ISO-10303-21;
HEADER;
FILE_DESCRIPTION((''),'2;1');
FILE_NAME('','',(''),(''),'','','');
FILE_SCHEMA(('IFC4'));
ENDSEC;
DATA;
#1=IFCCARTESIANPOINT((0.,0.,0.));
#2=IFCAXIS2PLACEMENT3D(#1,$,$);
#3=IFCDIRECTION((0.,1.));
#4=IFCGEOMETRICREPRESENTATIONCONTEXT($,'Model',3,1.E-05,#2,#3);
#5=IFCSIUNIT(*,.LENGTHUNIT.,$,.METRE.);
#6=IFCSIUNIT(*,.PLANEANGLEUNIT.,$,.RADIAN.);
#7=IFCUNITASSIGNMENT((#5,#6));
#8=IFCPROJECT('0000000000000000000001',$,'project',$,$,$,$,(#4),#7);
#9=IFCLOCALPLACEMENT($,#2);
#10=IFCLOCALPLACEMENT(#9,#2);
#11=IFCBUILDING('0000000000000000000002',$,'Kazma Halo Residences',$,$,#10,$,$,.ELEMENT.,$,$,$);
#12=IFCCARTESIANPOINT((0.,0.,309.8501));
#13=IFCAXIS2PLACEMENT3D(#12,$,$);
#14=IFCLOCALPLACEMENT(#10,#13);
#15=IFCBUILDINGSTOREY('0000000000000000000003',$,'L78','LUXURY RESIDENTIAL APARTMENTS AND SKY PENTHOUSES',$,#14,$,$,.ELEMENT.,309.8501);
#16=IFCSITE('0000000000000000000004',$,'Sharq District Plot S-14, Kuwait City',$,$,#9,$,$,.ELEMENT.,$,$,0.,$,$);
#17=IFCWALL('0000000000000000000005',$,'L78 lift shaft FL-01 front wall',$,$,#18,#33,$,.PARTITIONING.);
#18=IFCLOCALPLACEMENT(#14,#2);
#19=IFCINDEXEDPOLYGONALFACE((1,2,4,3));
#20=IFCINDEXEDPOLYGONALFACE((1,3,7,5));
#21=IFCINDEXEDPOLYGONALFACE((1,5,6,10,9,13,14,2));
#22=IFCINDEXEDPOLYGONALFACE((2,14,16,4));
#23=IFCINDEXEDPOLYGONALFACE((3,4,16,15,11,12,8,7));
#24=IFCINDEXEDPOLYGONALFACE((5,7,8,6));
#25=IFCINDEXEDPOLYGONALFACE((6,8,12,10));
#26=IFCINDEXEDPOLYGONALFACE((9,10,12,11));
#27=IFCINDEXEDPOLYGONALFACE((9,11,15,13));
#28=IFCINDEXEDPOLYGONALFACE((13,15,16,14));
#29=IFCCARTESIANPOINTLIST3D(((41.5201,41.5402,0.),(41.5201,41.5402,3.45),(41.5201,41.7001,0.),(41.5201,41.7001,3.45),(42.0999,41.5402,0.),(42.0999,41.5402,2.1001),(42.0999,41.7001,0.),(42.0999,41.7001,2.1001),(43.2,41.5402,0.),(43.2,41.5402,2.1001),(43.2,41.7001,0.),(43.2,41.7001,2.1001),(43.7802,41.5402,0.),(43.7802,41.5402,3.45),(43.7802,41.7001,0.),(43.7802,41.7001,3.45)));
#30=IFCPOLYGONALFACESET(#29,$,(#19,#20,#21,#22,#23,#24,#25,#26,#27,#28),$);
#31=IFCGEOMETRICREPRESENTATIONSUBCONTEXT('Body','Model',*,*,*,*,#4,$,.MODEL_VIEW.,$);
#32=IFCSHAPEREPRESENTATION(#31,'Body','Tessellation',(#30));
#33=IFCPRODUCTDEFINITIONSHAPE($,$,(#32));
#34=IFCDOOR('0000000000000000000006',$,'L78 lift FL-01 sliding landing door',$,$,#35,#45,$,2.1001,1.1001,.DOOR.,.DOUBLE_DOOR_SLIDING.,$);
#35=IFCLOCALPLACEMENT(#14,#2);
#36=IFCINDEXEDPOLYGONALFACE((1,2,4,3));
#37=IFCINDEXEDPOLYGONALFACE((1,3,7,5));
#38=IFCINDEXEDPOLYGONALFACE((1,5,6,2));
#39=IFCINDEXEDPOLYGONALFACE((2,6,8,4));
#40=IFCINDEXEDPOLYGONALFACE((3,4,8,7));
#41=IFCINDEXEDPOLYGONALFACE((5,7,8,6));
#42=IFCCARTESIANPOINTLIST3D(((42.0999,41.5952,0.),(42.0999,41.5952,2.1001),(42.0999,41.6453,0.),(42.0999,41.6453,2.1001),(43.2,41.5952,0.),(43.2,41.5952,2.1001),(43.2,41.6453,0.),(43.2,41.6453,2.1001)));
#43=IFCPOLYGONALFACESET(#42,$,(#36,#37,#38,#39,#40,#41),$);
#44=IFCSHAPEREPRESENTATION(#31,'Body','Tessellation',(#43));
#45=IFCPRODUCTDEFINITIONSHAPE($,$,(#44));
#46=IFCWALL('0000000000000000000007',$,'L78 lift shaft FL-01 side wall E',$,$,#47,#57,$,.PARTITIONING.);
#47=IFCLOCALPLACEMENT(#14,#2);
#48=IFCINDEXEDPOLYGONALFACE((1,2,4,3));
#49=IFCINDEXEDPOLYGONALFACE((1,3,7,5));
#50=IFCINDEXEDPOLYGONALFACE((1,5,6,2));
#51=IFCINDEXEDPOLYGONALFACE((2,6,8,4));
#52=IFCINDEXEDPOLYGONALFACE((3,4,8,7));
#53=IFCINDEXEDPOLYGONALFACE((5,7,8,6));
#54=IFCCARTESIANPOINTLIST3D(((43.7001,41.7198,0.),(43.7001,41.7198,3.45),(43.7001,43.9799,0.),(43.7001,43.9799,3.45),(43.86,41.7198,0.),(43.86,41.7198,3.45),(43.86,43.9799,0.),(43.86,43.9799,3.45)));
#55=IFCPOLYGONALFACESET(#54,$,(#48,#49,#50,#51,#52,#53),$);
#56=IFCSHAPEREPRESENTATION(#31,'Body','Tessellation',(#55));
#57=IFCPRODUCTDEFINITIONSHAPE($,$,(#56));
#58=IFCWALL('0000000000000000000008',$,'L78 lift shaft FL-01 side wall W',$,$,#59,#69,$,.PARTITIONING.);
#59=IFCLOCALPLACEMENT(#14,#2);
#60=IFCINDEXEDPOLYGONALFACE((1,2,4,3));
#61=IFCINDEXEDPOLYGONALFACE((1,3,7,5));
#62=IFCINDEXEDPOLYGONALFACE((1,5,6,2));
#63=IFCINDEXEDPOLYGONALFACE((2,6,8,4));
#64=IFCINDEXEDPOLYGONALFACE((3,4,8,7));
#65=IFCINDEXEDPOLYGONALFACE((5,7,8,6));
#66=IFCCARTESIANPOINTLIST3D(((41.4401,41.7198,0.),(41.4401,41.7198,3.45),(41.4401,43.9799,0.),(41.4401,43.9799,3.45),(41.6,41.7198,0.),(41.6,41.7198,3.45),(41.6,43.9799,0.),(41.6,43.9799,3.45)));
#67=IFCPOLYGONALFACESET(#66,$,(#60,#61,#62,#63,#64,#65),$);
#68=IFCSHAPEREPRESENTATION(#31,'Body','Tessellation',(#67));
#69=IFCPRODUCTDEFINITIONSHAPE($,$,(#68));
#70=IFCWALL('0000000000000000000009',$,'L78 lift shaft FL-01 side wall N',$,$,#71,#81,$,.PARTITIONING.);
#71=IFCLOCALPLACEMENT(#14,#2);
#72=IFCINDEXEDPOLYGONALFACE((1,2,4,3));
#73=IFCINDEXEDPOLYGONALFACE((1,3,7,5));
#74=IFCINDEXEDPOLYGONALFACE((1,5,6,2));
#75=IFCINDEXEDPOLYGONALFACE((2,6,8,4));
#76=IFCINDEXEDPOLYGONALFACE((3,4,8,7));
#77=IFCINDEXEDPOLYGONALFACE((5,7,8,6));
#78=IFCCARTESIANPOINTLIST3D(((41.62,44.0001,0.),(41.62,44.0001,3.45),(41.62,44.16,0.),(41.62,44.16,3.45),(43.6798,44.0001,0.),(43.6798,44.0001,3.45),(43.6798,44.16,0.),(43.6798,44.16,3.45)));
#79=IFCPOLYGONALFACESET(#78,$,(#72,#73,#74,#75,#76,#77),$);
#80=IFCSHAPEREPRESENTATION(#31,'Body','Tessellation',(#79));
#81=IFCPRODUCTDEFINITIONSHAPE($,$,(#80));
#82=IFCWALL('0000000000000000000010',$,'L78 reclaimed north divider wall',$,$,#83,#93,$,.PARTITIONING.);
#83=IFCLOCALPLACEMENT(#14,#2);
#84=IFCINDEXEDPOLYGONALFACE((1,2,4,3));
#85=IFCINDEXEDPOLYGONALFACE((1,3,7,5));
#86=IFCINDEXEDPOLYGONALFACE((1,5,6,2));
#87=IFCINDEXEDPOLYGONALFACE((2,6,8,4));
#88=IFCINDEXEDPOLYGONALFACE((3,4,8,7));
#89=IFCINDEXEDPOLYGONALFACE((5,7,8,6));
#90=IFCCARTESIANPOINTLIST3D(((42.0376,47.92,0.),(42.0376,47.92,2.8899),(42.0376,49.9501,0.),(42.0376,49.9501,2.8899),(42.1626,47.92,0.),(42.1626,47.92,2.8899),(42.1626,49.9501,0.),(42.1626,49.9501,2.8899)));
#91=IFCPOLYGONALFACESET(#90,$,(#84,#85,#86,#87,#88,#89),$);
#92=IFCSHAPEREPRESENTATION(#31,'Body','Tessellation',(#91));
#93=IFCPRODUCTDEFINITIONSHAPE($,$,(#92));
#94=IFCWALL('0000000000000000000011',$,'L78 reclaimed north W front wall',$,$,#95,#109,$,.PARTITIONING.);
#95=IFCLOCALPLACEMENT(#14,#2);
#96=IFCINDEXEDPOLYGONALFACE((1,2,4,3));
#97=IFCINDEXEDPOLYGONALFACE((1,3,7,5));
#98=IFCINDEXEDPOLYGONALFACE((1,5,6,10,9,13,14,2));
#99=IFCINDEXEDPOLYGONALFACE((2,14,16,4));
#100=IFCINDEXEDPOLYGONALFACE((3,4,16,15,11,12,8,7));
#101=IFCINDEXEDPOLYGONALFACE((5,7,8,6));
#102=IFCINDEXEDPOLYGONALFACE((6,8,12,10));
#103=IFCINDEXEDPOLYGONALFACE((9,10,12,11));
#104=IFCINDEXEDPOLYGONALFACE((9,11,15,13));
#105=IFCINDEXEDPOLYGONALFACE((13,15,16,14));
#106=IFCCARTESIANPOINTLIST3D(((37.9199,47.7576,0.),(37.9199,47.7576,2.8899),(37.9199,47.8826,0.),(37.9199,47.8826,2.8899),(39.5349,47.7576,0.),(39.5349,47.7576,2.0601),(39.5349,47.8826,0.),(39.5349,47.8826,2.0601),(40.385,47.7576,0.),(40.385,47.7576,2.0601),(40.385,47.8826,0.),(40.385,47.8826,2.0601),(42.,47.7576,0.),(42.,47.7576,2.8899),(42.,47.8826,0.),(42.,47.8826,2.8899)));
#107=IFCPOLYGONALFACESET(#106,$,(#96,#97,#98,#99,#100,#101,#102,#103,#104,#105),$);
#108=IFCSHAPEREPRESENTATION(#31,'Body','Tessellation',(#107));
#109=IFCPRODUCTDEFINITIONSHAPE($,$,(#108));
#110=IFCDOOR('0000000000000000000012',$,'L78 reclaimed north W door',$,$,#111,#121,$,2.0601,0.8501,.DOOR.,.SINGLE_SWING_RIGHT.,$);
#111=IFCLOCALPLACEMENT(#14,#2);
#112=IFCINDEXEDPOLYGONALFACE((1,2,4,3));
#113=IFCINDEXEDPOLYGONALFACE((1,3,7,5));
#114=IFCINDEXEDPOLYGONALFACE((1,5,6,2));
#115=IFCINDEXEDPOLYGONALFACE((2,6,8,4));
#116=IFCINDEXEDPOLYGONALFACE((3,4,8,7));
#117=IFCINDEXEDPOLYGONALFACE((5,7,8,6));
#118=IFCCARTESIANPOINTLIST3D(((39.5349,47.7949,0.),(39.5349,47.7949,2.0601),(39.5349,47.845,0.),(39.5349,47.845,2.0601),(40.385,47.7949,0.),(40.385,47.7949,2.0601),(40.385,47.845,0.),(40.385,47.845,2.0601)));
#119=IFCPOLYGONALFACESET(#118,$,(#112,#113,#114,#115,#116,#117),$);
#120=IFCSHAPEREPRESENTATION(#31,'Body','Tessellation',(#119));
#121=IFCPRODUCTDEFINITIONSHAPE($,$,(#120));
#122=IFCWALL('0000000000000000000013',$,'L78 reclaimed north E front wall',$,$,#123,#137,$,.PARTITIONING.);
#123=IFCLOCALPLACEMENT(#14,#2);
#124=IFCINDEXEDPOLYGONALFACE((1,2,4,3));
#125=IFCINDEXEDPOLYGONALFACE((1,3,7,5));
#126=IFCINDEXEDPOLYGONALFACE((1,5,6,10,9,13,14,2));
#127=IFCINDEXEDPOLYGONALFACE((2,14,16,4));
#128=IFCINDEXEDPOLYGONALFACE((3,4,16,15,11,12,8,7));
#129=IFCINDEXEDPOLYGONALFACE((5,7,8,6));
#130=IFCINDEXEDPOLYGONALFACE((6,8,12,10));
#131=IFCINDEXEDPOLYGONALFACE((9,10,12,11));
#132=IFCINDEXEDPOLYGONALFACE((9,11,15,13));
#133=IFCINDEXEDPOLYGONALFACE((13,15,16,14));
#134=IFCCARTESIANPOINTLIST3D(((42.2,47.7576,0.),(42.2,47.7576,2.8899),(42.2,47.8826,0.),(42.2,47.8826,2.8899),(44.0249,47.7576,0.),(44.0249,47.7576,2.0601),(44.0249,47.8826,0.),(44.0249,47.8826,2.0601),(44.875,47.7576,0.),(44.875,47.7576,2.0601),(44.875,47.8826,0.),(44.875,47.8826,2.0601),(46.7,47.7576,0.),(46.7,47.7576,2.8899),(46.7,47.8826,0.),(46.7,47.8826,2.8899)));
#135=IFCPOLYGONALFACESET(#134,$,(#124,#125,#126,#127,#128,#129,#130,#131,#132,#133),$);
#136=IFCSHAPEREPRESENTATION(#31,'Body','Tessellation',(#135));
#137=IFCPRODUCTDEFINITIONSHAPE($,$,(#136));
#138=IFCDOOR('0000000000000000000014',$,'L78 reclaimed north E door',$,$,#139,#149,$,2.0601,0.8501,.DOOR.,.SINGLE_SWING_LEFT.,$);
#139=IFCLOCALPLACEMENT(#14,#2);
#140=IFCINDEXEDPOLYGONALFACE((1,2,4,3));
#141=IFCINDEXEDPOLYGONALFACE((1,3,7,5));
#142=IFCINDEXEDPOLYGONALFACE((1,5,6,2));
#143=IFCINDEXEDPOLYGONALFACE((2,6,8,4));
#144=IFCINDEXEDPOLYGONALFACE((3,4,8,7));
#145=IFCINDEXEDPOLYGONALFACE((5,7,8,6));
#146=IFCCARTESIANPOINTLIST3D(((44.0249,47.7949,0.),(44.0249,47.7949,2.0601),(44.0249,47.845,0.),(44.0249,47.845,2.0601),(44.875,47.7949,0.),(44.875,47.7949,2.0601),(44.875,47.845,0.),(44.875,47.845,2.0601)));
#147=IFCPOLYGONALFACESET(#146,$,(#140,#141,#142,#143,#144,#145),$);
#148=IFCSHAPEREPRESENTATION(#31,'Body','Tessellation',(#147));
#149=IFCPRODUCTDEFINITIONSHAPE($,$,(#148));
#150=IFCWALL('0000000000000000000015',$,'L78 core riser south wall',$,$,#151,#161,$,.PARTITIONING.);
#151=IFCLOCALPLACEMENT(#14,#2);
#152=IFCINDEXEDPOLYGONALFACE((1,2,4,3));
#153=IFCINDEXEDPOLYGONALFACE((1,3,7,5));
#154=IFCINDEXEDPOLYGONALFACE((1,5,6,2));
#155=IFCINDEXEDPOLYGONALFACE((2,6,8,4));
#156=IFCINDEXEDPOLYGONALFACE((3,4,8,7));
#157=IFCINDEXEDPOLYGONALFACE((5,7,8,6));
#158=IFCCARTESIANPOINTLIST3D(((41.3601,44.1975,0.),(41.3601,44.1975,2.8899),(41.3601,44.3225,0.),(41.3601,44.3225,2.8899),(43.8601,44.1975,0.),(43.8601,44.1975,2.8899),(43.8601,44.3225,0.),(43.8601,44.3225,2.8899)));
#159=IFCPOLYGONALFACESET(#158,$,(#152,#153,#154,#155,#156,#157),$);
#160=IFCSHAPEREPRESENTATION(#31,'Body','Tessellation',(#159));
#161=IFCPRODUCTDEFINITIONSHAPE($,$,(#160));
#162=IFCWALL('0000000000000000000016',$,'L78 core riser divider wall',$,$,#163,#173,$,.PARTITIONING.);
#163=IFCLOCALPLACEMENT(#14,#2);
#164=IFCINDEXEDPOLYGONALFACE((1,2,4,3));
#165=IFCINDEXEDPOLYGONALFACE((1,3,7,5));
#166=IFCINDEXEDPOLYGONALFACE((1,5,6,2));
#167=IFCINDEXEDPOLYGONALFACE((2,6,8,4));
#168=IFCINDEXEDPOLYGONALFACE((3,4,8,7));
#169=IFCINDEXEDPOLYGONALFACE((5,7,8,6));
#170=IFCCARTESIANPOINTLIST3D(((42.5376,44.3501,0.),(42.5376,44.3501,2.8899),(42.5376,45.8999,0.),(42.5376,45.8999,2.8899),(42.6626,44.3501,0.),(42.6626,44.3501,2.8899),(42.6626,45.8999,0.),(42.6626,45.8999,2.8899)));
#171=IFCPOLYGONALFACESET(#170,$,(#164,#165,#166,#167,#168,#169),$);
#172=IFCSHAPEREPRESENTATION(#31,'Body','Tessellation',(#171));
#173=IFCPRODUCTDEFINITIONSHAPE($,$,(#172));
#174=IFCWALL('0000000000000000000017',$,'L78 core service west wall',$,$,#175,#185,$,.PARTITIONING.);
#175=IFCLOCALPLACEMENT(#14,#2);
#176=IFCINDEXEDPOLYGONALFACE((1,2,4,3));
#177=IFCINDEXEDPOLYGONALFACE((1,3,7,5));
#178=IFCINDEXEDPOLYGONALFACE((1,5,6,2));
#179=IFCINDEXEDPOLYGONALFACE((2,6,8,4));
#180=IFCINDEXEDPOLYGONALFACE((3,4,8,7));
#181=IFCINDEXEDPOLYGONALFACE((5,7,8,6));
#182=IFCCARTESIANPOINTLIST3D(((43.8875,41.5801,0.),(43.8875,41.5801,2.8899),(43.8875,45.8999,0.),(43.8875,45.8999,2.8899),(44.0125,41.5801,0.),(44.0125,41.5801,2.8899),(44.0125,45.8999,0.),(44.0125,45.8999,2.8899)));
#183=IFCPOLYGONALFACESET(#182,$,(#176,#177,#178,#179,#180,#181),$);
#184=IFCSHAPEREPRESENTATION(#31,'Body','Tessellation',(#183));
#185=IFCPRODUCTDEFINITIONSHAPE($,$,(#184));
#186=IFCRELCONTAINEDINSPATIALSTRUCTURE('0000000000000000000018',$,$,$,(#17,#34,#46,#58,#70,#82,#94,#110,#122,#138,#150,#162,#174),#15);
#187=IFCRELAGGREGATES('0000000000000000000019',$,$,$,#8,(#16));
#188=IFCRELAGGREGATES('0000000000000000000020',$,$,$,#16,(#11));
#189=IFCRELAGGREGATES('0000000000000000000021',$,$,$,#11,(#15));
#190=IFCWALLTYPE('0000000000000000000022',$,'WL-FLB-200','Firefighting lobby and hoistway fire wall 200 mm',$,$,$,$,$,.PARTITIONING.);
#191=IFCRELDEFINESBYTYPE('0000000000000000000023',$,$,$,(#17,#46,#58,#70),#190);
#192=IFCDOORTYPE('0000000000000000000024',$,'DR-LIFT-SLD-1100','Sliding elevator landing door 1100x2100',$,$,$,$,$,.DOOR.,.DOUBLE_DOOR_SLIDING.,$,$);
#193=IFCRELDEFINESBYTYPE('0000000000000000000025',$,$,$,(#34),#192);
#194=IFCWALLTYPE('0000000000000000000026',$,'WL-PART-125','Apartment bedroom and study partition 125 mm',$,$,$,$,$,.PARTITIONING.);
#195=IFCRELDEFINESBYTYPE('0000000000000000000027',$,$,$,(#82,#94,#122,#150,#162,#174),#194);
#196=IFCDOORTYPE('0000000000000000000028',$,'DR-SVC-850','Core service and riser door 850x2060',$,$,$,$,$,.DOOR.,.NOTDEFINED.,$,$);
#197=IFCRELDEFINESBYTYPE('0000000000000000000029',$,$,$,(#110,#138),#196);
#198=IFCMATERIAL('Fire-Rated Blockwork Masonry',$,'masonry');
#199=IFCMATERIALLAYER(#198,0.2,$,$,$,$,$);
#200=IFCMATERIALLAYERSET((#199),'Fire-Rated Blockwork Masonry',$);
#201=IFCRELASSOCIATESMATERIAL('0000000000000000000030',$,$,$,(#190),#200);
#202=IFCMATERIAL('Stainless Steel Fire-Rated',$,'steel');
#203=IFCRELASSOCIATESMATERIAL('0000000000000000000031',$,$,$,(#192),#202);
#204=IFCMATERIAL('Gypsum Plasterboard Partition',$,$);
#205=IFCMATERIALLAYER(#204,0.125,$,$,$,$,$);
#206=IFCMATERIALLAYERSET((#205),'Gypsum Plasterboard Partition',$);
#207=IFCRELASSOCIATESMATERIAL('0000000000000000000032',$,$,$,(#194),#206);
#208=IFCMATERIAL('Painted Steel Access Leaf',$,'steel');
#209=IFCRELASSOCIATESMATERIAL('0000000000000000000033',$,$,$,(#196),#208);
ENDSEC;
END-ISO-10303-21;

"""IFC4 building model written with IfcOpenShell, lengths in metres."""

from ifc_helpers import new_model, si_unit, direction, frame, frame_2d, origin, place, context, subcontext, project, spatial, rectangle, extrude, material, layer, layer_set, type_object, element, fill, save


model = new_model("IFC4")

# Units and contexts
model_context = context("Model", 3, precision=1e-05, world=origin(), true_north=direction((0.0, 1.0)))
body_context = subcontext(model_context, "Body", "Model", "MODEL_VIEW")
ifc_project = project(units=[si_unit("LENGTHUNIT", "METRE"), si_unit("PLANEANGLEUNIT", "RADIAN")], contexts=[model_context])

# Site, building, storey
site_placement = place(None, origin())
site = spatial("IfcSite", under=ifc_project, at=site_placement, Name="Sharq District Plot S-14, Kuwait City", CompositionType="ELEMENT", RefElevation=0.0)
building_placement = place(site_placement, origin())
building = spatial("IfcBuilding", under=site, at=building_placement, Name="Kazma Halo Residences", CompositionType="ELEMENT")
storey_placement = place(building_placement, frame((0.0, 0.0, 309.8501)))
storey = spatial("IfcBuildingStorey", under=building, at=storey_placement, Name="L78", Description="LUXURY RESIDENTIAL APARTMENTS AND SKY PENTHOUSES", CompositionType="ELEMENT", Elevation=309.8501)

# Wall, opening, door
ifc_material_1 = material(Name="Fire-Rated Blockwork Masonry", Category="masonry")
ifc_layer_1 = layer(ifc_material_1, 0.2)
ifc_layer_set_1 = layer_set([ifc_layer_1], Name="Fire-Rated Blockwork Masonry")
wall_type_1 = type_object("IfcWallType", Name="WL-FLB-200", Description="Firefighting lobby and hoistway fire wall 200 mm", PredefinedType="PARTITIONING", material=ifc_layer_set_1)
wall_1_placement = place(storey_placement, frame((43.78, 41.6201, 0.0), z_axis=(0.0, 0.0, 1.0), x_axis=(-1.0, 0.0, 0.0)))
wall_1 = element("IfcWall", 1, at=wall_1_placement, inside=storey, type_object=wall_type_1, Name="L78 lift shaft FL-01 front wall", PredefinedType="PARTITIONING", context=body_context, shape_type="SweptSolid", body=[
    extrude(rectangle(XDim=2.26, YDim=0.1599, at=frame_2d((1.1299, 0.0))), origin(), (0.0, 0.0, 1.0), 3.45),
])
opening_1_placement = place(wall_1_placement, frame((0.5801, 0.0, 0.0)))
opening_1 = element("IfcOpeningElement", 2, at=opening_1_placement, cuts=wall_1, PredefinedType="OPENING", context=body_context, shape_type="SweptSolid", body=[
    extrude(rectangle(XDim=1.1001, YDim=2.1001, at=frame_2d((0.55, 1.05))), frame((0.0, 0.0898, 0.0), z_axis=(0.0, -1.0, 0.0), x_axis=(1.0, 0.0, 0.0)), (0.0, 0.0, 1.0), 0.1799),
])
ifc_material_2 = material(Name="Stainless Steel Fire-Rated", Category="steel")
door_type_1 = type_object("IfcDoorType", Name="DR-LIFT-SLD-1100", Description="Sliding elevator landing door 1100x2100", OperationType="DOUBLE_DOOR_SLIDING", PredefinedType="DOOR", material=ifc_material_2)
door_1_placement = place(opening_1_placement, origin())
door_1 = element("IfcDoor", 3, at=door_1_placement, inside=storey, type_object=door_type_1, Name="L78 lift FL-01 sliding landing door", OperationType="DOUBLE_DOOR_SLIDING", OverallHeight=2.1001, OverallWidth=1.1001, PredefinedType="DOOR", context=body_context, shape_type="SweptSolid", body=[
    extrude(rectangle(XDim=1.1001, YDim=2.1001, at=frame_2d((0.55, 1.05))), frame((0.0, 0.0249, 0.0), z_axis=(0.0, -1.0, 0.0), x_axis=(1.0, 0.0, 0.0)), (0.0, 0.0, 1.0), 0.05),
])
fill(opening_1, door_1)

# Walls
for number, where, z_axis, x_axis, name in (
    (4, (43.78, 41.72, 0.0), (0.0, 0.0, 1.0), (0.0, 1.0, 0.0), "L78 lift shaft FL-01 side wall E"),
    (5, (41.52, 41.72, 0.0), (0.0, 0.0, 1.0), (0.0, 1.0, 0.0), "L78 lift shaft FL-01 side wall W"),
):
    element("IfcWall", number, at=place(storey_placement, frame(where, z_axis=z_axis, x_axis=x_axis)), inside=storey, type_object=wall_type_1, Name=name, PredefinedType="PARTITIONING", context=body_context, shape_type="SweptSolid", body=[
        extrude(rectangle(XDim=2.26, YDim=0.1599, at=frame_2d((1.1299, 0.0))), origin(), (0.0, 0.0, 1.0), 3.45),
    ])
wall_2_placement = place(storey_placement, frame((41.6201, 44.0801, 0.0), z_axis=(0.0, 0.0, 1.0), x_axis=(1.0, 0.0, 0.0)))
element("IfcWall", 6, at=wall_2_placement, inside=storey, type_object=wall_type_1, Name="L78 lift shaft FL-01 side wall N", PredefinedType="PARTITIONING", context=body_context, shape_type="SweptSolid", body=[
    extrude(rectangle(XDim=2.0598, YDim=0.1599, at=frame_2d((1.0298, 0.0))), origin(), (0.0, 0.0, 1.0), 3.45),
])
ifc_material_3 = material(Name="Gypsum Plasterboard Partition")
ifc_layer_2 = layer(ifc_material_3, 0.125)
ifc_layer_set_2 = layer_set([ifc_layer_2], Name="Gypsum Plasterboard Partition")
wall_type_2 = type_object("IfcWallType", Name="WL-PART-125", Description="Apartment bedroom and study partition 125 mm", PredefinedType="PARTITIONING", material=ifc_layer_set_2)
wall_3_placement = place(storey_placement, frame((42.1001, 47.9199, 0.0), z_axis=(0.0, 0.0, 1.0), x_axis=(0.0, 1.0, 0.0)))
element("IfcWall", 7, at=wall_3_placement, inside=storey, type_object=wall_type_2, Name="L78 reclaimed north divider wall", PredefinedType="PARTITIONING", context=body_context, shape_type="SweptSolid", body=[
    extrude(rectangle(XDim=2.03, YDim=0.125, at=frame_2d((1.0151, 0.0))), origin(), (0.0, 0.0, 1.0), 2.8899),
])

# Walls, openings, doors
wall_4_placement = place(storey_placement, frame((37.9199, 47.8201, 0.0), z_axis=(0.0, 0.0, 1.0), x_axis=(1.0, 0.0, 0.0)))
wall_4 = element("IfcWall", 8, at=wall_4_placement, inside=storey, type_object=wall_type_2, Name="L78 reclaimed north W front wall", PredefinedType="PARTITIONING", context=body_context, shape_type="SweptSolid", body=[
    extrude(rectangle(XDim=4.0801, YDim=0.125, at=frame_2d((2.04, 0.0))), origin(), (0.0, 0.0, 1.0), 2.8899),
])
opening_2_placement = place(wall_4_placement, frame((1.615, 0.0, 0.0)))
opening_2 = element("IfcOpeningElement", 9, at=opening_2_placement, cuts=wall_4, PredefinedType="OPENING", context=body_context, shape_type="SweptSolid", body=[
    extrude(rectangle(XDim=0.8501, YDim=2.0601, at=frame_2d((0.425, 1.03))), frame((0.0, 0.0725, 0.0), z_axis=(0.0, -1.0, 0.0), x_axis=(1.0, 0.0, 0.0)), (0.0, 0.0, 1.0), 0.145),
])
ifc_material_4 = material(Name="Painted Steel Access Leaf", Category="steel")
door_type_2 = type_object("IfcDoorType", Name="DR-SVC-850", Description="Core service and riser door 850x2060", OperationType="NOTDEFINED", PredefinedType="DOOR", material=ifc_material_4)
door_2_placement = place(opening_2_placement, origin())
door_2 = element("IfcDoor", 10, at=door_2_placement, inside=storey, type_object=door_type_2, Name="L78 reclaimed north W door", OperationType="SINGLE_SWING_RIGHT", OverallHeight=2.0601, OverallWidth=0.8501, PredefinedType="DOOR", context=body_context, shape_type="SweptSolid", body=[
    extrude(rectangle(XDim=0.8501, YDim=2.0601, at=frame_2d((0.425, 1.03))), frame((0.0, 0.0249, 0.0), z_axis=(0.0, -1.0, 0.0), x_axis=(1.0, 0.0, 0.0)), (0.0, 0.0, 1.0), 0.05),
])
fill(opening_2, door_2)
wall_5_placement = place(storey_placement, frame((42.2, 47.8201, 0.0), z_axis=(0.0, 0.0, 1.0), x_axis=(1.0, 0.0, 0.0)))
wall_5 = element("IfcWall", 11, at=wall_5_placement, inside=storey, type_object=wall_type_2, Name="L78 reclaimed north E front wall", PredefinedType="PARTITIONING", context=body_context, shape_type="SweptSolid", body=[
    extrude(rectangle(XDim=4.5, YDim=0.125, at=frame_2d((2.25, 0.0))), origin(), (0.0, 0.0, 1.0), 2.8899),
])
opening_3_placement = place(wall_5_placement, frame((1.825, 0.0, 0.0)))
opening_3 = element("IfcOpeningElement", 12, at=opening_3_placement, cuts=wall_5, PredefinedType="OPENING", context=body_context, shape_type="SweptSolid", body=[
    extrude(rectangle(XDim=0.8501, YDim=2.0601, at=frame_2d((0.425, 1.03))), frame((0.0, 0.0725, 0.0), z_axis=(0.0, -1.0, 0.0), x_axis=(1.0, 0.0, 0.0)), (0.0, 0.0, 1.0), 0.145),
])
door_3_placement = place(opening_3_placement, origin())
door_3 = element("IfcDoor", 13, at=door_3_placement, inside=storey, type_object=door_type_2, Name="L78 reclaimed north E door", OperationType="SINGLE_SWING_LEFT", OverallHeight=2.0601, OverallWidth=0.8501, PredefinedType="DOOR", context=body_context, shape_type="SweptSolid", body=[
    extrude(rectangle(XDim=0.8501, YDim=2.0601, at=frame_2d((0.425, 1.03))), frame((0.0, 0.0249, 0.0), z_axis=(0.0, -1.0, 0.0), x_axis=(1.0, 0.0, 0.0)), (0.0, 0.0, 1.0), 0.05),
])
fill(opening_3, door_3)

# Walls
wall_6_placement = place(storey_placement, frame((41.3601, 44.26, 0.0), z_axis=(0.0, 0.0, 1.0), x_axis=(1.0, 0.0, 0.0)))
element("IfcWall", 14, at=wall_6_placement, inside=storey, type_object=wall_type_2, Name="L78 core riser south wall", PredefinedType="PARTITIONING", context=body_context, shape_type="SweptSolid", body=[
    extrude(rectangle(XDim=2.5, YDim=0.125, at=frame_2d((1.25, 0.0))), origin(), (0.0, 0.0, 1.0), 2.8899),
])
wall_7_placement = place(storey_placement, frame((42.6001, 44.3501, 0.0), z_axis=(0.0, 0.0, 1.0), x_axis=(0.0, 1.0, 0.0)))
element("IfcWall", 15, at=wall_7_placement, inside=storey, type_object=wall_type_2, Name="L78 core riser divider wall", PredefinedType="PARTITIONING", context=body_context, shape_type="SweptSolid", body=[
    extrude(rectangle(XDim=1.5498, YDim=0.125, at=frame_2d((0.7749, 0.0))), origin(), (0.0, 0.0, 1.0), 2.8899),
])
wall_8_placement = place(storey_placement, frame((43.95, 41.5801, 0.0), z_axis=(0.0, 0.0, 1.0), x_axis=(0.0, 1.0, 0.0)))
element("IfcWall", 16, at=wall_8_placement, inside=storey, type_object=wall_type_2, Name="L78 core service west wall", PredefinedType="PARTITIONING", context=body_context, shape_type="SweptSolid", body=[
    extrude(rectangle(XDim=4.3198, YDim=0.125, at=frame_2d((2.1599, 0.0))), origin(), (0.0, 0.0, 1.0), 2.8899),
])

save(model, "model.ifc")
